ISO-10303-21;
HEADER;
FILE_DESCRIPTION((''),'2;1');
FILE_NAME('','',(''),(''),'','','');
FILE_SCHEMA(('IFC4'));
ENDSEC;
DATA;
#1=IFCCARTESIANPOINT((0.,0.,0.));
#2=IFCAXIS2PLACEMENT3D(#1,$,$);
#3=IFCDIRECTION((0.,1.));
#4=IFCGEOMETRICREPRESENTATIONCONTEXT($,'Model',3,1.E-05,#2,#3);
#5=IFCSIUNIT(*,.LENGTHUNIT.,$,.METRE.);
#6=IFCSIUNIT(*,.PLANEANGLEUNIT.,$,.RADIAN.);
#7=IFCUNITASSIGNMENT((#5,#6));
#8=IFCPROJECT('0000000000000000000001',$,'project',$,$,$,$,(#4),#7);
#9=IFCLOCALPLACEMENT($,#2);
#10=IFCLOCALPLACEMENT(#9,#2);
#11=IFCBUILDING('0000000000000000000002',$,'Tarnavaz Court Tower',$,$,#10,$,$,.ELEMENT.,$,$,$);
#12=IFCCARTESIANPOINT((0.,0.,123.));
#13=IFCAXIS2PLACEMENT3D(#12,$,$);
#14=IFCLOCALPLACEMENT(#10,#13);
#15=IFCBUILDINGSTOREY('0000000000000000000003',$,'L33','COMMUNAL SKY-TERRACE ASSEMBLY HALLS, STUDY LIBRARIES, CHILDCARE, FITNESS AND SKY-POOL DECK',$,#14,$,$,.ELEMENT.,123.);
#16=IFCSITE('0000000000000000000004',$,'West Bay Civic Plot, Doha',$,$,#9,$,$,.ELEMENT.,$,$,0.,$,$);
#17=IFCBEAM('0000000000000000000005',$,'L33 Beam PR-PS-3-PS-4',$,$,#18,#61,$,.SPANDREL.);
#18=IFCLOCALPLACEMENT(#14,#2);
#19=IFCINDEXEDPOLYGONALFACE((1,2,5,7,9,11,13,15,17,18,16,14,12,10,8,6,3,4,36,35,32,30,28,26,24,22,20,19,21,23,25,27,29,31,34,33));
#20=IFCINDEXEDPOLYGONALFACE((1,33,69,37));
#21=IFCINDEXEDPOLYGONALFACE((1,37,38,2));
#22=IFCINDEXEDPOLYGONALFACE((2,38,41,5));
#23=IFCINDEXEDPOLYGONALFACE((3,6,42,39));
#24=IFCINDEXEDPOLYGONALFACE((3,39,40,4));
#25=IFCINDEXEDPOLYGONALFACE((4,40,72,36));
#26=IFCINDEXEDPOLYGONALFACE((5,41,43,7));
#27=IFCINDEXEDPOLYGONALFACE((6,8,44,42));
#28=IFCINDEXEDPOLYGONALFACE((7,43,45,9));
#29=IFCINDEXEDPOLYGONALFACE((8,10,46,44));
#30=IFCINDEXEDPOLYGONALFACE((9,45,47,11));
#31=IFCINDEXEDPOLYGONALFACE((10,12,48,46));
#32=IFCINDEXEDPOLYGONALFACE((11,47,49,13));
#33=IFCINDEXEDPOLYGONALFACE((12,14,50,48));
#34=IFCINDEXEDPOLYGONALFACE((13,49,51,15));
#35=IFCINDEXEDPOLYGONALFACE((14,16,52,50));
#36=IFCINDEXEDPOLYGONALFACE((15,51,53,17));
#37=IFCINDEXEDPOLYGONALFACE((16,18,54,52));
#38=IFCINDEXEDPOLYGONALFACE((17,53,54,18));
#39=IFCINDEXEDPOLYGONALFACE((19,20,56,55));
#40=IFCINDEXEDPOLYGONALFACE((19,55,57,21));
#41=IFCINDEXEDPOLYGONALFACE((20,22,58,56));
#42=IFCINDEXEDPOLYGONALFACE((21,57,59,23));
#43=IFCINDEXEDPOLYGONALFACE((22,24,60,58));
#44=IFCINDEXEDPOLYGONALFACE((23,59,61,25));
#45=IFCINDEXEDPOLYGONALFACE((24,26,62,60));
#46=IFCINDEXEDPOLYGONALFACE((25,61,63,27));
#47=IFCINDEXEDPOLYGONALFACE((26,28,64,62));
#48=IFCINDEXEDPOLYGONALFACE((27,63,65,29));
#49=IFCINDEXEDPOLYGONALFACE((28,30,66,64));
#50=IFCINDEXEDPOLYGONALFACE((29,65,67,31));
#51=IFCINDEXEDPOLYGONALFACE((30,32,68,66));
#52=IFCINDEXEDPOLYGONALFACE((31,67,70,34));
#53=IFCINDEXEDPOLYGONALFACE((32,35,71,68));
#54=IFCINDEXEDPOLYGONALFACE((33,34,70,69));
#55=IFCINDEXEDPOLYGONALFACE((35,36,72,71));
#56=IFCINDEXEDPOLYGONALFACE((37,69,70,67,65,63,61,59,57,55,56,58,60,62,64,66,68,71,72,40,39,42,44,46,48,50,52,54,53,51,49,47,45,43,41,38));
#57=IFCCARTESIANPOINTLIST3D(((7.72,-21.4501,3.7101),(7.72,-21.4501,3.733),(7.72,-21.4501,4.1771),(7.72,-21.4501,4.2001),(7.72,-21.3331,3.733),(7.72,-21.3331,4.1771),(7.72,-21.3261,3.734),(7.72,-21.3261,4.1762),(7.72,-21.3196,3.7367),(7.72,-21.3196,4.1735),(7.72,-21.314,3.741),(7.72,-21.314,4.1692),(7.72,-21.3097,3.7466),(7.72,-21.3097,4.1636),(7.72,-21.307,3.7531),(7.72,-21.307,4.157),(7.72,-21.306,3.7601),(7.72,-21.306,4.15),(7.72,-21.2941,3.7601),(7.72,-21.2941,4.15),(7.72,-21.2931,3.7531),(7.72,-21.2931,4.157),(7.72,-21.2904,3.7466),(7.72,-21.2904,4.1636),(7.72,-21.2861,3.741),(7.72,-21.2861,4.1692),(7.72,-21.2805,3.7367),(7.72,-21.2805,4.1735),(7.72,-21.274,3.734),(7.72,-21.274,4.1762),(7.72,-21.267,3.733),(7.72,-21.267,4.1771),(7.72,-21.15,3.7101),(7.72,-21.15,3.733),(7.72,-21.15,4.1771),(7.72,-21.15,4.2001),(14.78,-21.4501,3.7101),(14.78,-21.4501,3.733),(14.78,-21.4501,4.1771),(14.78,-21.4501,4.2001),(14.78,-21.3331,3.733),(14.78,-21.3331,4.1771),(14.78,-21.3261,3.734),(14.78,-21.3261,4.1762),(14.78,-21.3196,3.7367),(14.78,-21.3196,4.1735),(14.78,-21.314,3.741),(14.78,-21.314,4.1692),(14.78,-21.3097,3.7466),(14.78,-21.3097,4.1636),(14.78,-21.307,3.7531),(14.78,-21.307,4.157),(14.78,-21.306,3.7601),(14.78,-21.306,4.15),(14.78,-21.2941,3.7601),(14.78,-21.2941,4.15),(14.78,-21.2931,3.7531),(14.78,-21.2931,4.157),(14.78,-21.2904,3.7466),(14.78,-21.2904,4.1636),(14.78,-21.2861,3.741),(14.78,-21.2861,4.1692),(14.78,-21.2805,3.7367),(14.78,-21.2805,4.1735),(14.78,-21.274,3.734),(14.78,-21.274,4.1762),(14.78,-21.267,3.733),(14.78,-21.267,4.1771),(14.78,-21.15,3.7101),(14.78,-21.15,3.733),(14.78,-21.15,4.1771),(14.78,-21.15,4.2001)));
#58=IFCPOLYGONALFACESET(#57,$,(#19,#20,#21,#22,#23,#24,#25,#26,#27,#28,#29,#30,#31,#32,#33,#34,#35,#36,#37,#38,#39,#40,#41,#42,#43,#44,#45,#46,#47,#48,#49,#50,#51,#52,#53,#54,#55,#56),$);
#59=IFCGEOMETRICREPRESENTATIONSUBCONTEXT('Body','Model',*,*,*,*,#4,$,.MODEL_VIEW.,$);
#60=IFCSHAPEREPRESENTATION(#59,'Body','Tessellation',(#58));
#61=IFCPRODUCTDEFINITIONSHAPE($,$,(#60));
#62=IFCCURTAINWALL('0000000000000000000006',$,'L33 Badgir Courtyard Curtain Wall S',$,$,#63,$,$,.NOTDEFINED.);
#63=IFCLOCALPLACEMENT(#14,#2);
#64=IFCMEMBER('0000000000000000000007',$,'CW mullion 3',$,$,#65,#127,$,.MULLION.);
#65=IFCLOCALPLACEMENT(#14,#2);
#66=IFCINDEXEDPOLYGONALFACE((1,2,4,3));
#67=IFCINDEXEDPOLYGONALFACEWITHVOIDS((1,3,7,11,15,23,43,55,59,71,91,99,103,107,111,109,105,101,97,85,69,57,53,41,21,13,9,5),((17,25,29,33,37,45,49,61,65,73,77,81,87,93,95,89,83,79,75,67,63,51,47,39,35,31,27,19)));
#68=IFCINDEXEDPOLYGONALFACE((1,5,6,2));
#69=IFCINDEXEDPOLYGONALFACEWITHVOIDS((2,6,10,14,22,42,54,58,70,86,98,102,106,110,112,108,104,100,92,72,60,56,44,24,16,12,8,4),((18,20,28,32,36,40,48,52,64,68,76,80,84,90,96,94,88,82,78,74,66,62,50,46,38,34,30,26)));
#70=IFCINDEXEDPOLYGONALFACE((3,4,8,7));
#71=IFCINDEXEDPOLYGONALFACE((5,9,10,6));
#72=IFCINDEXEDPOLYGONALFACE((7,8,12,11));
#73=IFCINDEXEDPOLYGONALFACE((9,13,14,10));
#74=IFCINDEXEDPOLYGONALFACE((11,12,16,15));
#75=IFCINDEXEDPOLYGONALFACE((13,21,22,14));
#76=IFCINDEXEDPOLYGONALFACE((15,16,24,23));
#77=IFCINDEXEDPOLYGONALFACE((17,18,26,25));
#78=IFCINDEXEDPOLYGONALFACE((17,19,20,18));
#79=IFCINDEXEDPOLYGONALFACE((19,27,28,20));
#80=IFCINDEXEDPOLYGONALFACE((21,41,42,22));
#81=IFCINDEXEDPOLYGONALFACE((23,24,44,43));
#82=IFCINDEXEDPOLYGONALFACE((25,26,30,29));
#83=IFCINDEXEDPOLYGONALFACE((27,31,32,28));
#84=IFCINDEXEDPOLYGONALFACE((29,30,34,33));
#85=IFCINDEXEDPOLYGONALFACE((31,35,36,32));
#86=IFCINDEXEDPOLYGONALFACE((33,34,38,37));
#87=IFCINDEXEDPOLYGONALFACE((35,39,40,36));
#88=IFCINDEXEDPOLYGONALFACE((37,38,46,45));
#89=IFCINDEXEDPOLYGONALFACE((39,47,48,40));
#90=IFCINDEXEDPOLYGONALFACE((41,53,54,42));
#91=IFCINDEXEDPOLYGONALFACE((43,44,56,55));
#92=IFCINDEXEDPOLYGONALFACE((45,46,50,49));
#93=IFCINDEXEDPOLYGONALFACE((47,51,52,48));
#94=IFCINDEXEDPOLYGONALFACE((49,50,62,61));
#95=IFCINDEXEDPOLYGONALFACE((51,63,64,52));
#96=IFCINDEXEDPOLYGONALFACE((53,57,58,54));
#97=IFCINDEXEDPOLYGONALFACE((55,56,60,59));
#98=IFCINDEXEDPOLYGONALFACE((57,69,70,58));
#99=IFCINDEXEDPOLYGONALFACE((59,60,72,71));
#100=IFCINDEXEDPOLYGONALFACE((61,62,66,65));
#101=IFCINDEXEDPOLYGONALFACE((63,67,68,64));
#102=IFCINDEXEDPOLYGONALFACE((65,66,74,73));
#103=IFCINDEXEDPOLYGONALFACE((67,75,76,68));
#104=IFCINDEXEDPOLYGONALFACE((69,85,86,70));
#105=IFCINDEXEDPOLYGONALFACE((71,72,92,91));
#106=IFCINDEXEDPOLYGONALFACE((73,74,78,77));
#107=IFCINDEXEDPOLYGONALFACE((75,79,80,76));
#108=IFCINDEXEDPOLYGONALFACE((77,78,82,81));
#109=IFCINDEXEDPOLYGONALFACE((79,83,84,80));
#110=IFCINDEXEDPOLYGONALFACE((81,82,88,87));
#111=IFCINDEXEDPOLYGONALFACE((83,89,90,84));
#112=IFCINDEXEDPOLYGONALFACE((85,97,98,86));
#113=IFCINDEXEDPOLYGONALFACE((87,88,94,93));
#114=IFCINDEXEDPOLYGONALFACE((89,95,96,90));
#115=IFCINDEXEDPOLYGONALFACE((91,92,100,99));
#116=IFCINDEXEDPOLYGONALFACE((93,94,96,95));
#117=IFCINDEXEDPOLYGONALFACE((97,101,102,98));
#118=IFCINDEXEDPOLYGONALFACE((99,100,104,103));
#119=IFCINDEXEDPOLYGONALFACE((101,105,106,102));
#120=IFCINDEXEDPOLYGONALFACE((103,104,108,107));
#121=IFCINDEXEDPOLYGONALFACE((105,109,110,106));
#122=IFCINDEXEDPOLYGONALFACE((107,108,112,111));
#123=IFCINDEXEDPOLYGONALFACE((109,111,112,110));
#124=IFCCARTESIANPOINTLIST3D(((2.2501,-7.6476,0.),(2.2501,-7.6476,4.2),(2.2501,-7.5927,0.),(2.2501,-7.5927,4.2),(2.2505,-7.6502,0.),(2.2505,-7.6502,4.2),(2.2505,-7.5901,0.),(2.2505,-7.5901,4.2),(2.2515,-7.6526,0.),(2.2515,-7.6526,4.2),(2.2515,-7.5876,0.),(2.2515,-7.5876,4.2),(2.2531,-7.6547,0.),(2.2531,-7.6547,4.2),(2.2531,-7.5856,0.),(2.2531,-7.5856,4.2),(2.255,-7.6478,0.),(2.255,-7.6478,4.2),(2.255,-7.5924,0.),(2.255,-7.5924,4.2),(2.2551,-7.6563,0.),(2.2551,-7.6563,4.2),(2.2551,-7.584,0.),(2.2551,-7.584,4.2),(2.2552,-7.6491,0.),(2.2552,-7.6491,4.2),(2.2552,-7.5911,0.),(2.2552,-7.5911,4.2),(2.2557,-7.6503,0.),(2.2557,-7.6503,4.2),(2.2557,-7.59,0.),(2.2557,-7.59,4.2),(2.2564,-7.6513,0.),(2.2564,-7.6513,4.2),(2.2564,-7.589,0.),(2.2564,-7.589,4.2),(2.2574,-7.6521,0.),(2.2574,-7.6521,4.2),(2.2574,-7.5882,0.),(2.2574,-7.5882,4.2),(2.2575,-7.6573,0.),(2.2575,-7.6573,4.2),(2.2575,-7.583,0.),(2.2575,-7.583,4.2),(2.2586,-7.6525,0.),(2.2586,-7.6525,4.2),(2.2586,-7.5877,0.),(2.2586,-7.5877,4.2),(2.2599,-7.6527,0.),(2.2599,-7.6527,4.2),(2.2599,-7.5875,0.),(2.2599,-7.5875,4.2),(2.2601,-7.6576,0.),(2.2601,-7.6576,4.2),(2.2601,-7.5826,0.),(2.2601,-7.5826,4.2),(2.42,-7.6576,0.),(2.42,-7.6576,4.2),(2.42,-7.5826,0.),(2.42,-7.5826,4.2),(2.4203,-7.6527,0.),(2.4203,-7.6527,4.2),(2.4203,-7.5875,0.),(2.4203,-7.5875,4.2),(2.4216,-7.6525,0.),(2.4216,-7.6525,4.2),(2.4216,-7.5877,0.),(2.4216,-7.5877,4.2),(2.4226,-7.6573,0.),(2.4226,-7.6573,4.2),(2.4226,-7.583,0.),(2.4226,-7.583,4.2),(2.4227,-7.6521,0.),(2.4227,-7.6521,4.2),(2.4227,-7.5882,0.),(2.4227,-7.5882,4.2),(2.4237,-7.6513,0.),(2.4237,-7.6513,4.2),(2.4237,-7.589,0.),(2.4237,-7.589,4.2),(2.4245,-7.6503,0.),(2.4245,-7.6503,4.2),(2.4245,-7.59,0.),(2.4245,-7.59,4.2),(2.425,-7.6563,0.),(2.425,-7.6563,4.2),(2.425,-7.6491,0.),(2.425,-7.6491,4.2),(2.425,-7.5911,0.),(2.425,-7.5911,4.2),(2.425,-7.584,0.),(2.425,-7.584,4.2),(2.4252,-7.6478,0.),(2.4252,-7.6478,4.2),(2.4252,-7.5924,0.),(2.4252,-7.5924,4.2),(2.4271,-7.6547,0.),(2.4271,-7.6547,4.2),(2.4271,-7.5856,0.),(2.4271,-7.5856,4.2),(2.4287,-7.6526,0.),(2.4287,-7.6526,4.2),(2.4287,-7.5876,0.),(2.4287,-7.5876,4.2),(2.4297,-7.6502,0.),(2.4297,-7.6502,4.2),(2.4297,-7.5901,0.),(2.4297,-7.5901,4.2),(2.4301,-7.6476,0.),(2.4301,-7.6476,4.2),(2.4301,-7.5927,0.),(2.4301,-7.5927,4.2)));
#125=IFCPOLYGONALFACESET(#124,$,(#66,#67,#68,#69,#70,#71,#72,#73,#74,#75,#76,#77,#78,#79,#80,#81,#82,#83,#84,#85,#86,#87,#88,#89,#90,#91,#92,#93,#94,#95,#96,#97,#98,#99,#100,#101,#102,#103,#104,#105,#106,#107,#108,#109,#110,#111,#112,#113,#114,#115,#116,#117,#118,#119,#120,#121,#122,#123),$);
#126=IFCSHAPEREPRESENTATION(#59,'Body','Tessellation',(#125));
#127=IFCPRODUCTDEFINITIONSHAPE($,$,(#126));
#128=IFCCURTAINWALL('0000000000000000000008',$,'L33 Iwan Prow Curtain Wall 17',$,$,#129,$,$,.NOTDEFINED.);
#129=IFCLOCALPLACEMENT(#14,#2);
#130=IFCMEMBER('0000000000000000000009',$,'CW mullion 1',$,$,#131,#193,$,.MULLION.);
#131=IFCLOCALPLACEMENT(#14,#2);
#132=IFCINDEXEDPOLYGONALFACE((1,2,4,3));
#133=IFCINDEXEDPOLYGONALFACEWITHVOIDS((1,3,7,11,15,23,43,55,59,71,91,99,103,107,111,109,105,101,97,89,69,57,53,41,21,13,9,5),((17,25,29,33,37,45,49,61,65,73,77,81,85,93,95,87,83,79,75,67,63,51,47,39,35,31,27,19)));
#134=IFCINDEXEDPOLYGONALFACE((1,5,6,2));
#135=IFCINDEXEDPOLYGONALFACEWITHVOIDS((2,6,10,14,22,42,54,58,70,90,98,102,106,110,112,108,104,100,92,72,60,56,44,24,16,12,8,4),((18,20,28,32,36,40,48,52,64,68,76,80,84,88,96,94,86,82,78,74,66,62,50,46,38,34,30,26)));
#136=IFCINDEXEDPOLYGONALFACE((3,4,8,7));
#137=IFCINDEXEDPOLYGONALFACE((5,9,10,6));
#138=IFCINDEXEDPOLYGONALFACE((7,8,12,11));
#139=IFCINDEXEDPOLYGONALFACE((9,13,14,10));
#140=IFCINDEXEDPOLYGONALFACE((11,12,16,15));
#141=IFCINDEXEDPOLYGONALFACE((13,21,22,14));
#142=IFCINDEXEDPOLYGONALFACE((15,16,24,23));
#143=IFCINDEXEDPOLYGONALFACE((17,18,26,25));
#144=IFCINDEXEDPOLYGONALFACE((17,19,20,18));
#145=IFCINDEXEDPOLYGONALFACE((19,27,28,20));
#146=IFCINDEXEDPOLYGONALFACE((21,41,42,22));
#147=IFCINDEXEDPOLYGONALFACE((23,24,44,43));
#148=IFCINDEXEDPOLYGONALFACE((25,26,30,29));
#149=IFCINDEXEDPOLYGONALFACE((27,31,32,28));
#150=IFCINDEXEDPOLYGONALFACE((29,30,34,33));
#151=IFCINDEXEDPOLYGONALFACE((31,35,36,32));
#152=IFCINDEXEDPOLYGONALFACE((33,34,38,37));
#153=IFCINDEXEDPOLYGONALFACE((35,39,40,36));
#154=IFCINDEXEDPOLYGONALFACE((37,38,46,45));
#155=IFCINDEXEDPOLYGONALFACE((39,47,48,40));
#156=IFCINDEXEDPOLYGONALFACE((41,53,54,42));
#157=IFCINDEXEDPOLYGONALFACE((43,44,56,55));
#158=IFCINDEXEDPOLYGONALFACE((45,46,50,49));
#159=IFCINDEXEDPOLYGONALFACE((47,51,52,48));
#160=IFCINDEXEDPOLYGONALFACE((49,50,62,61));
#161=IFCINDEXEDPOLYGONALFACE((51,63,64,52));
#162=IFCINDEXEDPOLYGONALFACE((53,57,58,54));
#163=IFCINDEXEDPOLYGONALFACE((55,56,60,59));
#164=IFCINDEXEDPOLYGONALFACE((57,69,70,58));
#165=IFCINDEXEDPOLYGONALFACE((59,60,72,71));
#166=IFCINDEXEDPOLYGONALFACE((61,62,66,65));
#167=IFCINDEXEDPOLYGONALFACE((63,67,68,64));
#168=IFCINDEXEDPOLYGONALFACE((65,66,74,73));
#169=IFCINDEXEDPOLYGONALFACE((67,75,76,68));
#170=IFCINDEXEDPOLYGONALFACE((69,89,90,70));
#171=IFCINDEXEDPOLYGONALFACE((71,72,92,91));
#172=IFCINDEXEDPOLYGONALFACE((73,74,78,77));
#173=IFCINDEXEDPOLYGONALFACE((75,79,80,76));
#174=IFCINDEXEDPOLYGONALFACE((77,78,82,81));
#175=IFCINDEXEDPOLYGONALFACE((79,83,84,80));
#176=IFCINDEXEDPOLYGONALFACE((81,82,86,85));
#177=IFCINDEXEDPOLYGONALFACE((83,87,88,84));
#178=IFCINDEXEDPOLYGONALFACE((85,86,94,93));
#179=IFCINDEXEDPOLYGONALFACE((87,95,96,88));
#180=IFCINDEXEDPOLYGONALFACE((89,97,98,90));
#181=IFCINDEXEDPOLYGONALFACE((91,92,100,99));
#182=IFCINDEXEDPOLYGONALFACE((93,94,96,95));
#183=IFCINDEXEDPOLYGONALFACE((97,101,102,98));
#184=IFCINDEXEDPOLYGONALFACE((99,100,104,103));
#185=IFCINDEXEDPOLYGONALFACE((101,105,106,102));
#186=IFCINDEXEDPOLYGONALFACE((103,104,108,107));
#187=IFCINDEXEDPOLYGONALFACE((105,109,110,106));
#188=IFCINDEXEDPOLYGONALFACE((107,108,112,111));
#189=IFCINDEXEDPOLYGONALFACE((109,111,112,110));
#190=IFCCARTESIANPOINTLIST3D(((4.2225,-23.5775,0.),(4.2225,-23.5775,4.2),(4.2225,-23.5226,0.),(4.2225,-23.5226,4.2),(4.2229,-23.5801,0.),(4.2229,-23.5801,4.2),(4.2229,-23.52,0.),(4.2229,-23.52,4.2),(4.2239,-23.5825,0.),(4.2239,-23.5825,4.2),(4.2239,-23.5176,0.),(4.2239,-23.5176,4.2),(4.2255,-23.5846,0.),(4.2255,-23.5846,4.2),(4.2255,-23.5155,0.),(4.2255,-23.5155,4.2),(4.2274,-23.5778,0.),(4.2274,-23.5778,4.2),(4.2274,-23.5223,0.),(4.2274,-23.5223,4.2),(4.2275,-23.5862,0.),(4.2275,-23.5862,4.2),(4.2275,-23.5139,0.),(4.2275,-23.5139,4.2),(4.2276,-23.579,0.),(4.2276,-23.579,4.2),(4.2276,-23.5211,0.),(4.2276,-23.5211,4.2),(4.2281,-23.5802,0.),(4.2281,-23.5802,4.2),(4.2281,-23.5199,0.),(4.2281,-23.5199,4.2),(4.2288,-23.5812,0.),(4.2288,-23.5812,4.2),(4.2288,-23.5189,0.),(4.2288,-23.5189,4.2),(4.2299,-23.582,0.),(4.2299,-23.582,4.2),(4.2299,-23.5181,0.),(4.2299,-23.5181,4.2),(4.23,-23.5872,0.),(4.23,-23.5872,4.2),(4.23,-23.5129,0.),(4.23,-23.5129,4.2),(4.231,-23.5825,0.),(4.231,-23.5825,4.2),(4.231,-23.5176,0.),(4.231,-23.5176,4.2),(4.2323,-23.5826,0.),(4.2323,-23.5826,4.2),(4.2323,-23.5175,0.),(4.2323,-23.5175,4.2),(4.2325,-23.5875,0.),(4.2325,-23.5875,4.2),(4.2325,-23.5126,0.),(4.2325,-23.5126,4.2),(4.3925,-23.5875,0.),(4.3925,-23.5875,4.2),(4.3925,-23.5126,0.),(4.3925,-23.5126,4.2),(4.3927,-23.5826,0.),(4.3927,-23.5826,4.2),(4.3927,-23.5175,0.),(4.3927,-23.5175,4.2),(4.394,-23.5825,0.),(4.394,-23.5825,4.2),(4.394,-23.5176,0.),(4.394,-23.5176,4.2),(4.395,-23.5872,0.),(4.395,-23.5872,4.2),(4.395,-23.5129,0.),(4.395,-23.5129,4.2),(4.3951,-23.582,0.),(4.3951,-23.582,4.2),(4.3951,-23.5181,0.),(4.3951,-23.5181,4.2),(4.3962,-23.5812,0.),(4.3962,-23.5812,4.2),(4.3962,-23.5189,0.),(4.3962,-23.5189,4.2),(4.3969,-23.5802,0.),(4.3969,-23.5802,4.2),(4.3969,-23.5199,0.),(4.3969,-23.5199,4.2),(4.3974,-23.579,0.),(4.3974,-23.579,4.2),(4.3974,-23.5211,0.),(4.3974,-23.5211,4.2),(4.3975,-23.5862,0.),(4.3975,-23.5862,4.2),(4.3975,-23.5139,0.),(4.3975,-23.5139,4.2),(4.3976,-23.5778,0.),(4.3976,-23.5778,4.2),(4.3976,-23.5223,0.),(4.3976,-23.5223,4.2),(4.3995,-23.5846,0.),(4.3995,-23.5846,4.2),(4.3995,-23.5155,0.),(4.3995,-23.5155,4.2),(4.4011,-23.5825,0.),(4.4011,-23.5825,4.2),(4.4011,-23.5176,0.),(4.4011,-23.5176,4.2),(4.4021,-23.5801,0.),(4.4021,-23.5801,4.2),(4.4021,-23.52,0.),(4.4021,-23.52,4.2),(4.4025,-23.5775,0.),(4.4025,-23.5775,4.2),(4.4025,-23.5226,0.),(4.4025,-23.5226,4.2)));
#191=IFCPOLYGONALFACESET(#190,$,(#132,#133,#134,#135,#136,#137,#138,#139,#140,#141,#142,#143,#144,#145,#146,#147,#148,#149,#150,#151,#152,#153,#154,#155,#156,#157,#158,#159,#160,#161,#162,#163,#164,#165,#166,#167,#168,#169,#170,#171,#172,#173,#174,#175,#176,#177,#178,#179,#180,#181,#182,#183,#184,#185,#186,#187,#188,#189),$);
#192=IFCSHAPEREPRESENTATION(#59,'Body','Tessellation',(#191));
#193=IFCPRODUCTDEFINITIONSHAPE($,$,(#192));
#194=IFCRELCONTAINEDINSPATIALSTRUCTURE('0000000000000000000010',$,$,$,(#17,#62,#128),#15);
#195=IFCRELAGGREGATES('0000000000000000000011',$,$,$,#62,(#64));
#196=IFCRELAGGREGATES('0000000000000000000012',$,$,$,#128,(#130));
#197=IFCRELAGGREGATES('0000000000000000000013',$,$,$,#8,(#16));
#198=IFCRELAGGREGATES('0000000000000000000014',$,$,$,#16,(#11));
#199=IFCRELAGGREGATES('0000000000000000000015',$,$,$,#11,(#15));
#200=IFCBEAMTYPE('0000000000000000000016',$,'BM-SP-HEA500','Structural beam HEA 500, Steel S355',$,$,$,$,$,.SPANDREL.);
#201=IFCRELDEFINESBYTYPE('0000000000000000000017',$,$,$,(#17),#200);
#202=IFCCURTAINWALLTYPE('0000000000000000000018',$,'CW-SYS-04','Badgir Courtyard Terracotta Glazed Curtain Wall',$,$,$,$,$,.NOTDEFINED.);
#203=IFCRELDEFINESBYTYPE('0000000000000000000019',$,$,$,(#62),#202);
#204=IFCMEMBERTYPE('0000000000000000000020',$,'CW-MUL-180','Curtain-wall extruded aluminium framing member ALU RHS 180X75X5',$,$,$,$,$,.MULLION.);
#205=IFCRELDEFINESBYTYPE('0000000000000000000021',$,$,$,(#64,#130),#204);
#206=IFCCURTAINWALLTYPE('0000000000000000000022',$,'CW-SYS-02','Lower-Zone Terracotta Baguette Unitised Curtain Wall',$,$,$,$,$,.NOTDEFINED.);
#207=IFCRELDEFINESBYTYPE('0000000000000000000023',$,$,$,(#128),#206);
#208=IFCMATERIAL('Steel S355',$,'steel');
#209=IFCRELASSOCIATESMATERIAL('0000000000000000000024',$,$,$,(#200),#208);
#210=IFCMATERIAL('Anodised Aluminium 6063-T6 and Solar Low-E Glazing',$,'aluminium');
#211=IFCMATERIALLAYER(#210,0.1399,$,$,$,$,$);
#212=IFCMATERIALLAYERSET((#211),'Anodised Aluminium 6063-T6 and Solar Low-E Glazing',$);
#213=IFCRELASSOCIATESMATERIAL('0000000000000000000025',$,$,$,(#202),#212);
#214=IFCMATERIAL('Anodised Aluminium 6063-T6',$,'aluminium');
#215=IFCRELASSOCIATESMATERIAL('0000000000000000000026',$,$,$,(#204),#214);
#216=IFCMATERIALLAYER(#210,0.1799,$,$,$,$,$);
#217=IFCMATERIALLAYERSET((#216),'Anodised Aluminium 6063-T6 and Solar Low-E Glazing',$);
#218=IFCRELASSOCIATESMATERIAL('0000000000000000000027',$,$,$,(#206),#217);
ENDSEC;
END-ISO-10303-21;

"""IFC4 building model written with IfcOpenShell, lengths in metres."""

from ifc_helpers import new_model, si_unit, direction, frame, origin, origin_2d, place, context, subcontext, project, spatial, hollow_rectangle, i_section, extrude, material, layer, layer_set, material_profile, profile_set, type_object, element, aggregate, save


model = new_model("IFC4")

# Units and contexts
model_context = context("Model", 3, precision=1e-05, world=origin(), true_north=direction((0.0, 1.0)))
body_context = subcontext(model_context, "Body", "Model", "MODEL_VIEW")
ifc_project = project(units=[si_unit("LENGTHUNIT", "METRE"), si_unit("PLANEANGLEUNIT", "RADIAN")], contexts=[model_context])

# Site, building, storey
site_placement = place(None, origin())
site = spatial("IfcSite", under=ifc_project, at=site_placement, Name="West Bay Civic Plot, Doha", CompositionType="ELEMENT", RefElevation=0.0)
building_placement = place(site_placement, origin())
building = spatial("IfcBuilding", under=site, at=building_placement, Name="Tarnavaz Court Tower", CompositionType="ELEMENT")
storey_placement = place(building_placement, frame((0.0, 0.0, 123.0)))
storey = spatial("IfcBuildingStorey", under=building, at=storey_placement, Name="L33", Description="COMMUNAL SKY-TERRACE ASSEMBLY HALLS, STUDY LIBRARIES, CHILDCARE, FITNESS AND SKY-POOL DECK", CompositionType="ELEMENT", Elevation=123.0)

# Beam
ifc_material_1 = material(Name="Steel S355", Category="steel")
ifc_material_profile_1 = material_profile(ifc_material_1, i_section(OverallWidth=0.3, OverallDepth=0.49, WebThickness=0.012, FlangeThickness=0.0229, FilletRadius=0.0271, at=origin_2d()), Name="HEA 500")
ifc_profile_set_1 = profile_set([ifc_material_profile_1], Name="Steel S355")
beam_type_1 = type_object("IfcBeamType", Name="BM-SP-HEA500", Description="Structural beam HEA 500, Steel S355", PredefinedType="SPANDREL", material=ifc_profile_set_1)
beam_1_placement = place(storey_placement, frame((7.72, -21.3, 3.9551), z_axis=(1.0, 0.0, 0.0), x_axis=(0.0, 1.0, 0.0)))
element("IfcBeam", 1, at=beam_1_placement, inside=storey, type_object=beam_type_1, Name="L33 Beam PR-PS-3-PS-4", PredefinedType="SPANDREL", context=body_context, shape_type="SweptSolid", body=[
    extrude(i_section(OverallWidth=0.3, OverallDepth=0.49, WebThickness=0.012, FlangeThickness=0.0229, FilletRadius=0.0271, at=origin_2d()), origin(), (0.0, 0.0, 1.0), 7.0601),
])

# Curtain wall, member
ifc_material_2 = material(Name="Anodised Aluminium 6063-T6 and Solar Low-E Glazing", Category="aluminium")
ifc_layer_1 = layer(ifc_material_2, 0.1399)
ifc_layer_set_1 = layer_set([ifc_layer_1], Name="Anodised Aluminium 6063-T6 and Solar Low-E Glazing")
curtain_wall_type_1 = type_object("IfcCurtainWallType", Name="CW-SYS-04", Description="Badgir Courtyard Terracotta Glazed Curtain Wall", PredefinedType="NOTDEFINED", material=ifc_layer_set_1)
curtain_wall_1_placement = place(storey_placement, origin())
curtain_wall_1 = element("IfcCurtainWall", 2, at=curtain_wall_1_placement, inside=storey, type_object=curtain_wall_type_1, Name="L33 Badgir Courtyard Curtain Wall S", PredefinedType="NOTDEFINED")
ifc_material_3 = material(Name="Anodised Aluminium 6063-T6", Category="aluminium")
ifc_material_profile_2 = material_profile(ifc_material_3, hollow_rectangle(XDim=0.075, YDim=0.1799, WallThickness=0.0049, InnerFilletRadius=0.0049, OuterFilletRadius=0.01, at=origin_2d()), Name="ALU RHS 180X75X5")
ifc_profile_set_2 = profile_set([ifc_material_profile_2], Name="Anodised Aluminium 6063-T6")
member_type_1 = type_object("IfcMemberType", Name="CW-MUL-180", Description="Curtain-wall extruded aluminium framing member ALU RHS 180X75X5", PredefinedType="MULLION", material=ifc_profile_set_2)
member_1_placement = place(storey_placement, frame((2.3401, -7.6201, 0.0), z_axis=(0.0, 0.0, 1.0), x_axis=(0.0, 1.0, 0.0)))
member_1 = element("IfcMember", 3, at=member_1_placement, type_object=member_type_1, Name="CW mullion 3", PredefinedType="MULLION", context=body_context, shape_type="SweptSolid", body=[
    extrude(hollow_rectangle(XDim=0.075, YDim=0.1799, WallThickness=0.0049, InnerFilletRadius=0.0049, OuterFilletRadius=0.01, at=origin_2d()), origin(), (0.0, 0.0, 1.0), 4.2),
])

# Curtain wall, member
ifc_layer_2 = layer(ifc_material_2, 0.1799)
ifc_layer_set_2 = layer_set([ifc_layer_2], Name="Anodised Aluminium 6063-T6 and Solar Low-E Glazing")
curtain_wall_type_2 = type_object("IfcCurtainWallType", Name="CW-SYS-02", Description="Lower-Zone Terracotta Baguette Unitised Curtain Wall", PredefinedType="NOTDEFINED", material=ifc_layer_set_2)
curtain_wall_2_placement = place(storey_placement, origin())
curtain_wall_2 = element("IfcCurtainWall", 4, at=curtain_wall_2_placement, inside=storey, type_object=curtain_wall_type_2, Name="L33 Iwan Prow Curtain Wall 17", PredefinedType="NOTDEFINED")
member_2_placement = place(storey_placement, frame((4.3125, -23.55, 0.0), z_axis=(0.0, 0.0, 1.0), x_axis=(0.0, -1.0, 0.0)))
member_2 = element("IfcMember", 5, at=member_2_placement, type_object=member_type_1, Name="CW mullion 1", PredefinedType="MULLION", context=body_context, shape_type="SweptSolid", body=[
    extrude(hollow_rectangle(XDim=0.075, YDim=0.1799, WallThickness=0.0049, InnerFilletRadius=0.0049, OuterFilletRadius=0.01, at=origin_2d()), origin(), (0.0, 0.0, 1.0), 4.2),
])

aggregate(curtain_wall_1, [member_1])
aggregate(curtain_wall_2, [member_2])

save(model, "model.ifc")
